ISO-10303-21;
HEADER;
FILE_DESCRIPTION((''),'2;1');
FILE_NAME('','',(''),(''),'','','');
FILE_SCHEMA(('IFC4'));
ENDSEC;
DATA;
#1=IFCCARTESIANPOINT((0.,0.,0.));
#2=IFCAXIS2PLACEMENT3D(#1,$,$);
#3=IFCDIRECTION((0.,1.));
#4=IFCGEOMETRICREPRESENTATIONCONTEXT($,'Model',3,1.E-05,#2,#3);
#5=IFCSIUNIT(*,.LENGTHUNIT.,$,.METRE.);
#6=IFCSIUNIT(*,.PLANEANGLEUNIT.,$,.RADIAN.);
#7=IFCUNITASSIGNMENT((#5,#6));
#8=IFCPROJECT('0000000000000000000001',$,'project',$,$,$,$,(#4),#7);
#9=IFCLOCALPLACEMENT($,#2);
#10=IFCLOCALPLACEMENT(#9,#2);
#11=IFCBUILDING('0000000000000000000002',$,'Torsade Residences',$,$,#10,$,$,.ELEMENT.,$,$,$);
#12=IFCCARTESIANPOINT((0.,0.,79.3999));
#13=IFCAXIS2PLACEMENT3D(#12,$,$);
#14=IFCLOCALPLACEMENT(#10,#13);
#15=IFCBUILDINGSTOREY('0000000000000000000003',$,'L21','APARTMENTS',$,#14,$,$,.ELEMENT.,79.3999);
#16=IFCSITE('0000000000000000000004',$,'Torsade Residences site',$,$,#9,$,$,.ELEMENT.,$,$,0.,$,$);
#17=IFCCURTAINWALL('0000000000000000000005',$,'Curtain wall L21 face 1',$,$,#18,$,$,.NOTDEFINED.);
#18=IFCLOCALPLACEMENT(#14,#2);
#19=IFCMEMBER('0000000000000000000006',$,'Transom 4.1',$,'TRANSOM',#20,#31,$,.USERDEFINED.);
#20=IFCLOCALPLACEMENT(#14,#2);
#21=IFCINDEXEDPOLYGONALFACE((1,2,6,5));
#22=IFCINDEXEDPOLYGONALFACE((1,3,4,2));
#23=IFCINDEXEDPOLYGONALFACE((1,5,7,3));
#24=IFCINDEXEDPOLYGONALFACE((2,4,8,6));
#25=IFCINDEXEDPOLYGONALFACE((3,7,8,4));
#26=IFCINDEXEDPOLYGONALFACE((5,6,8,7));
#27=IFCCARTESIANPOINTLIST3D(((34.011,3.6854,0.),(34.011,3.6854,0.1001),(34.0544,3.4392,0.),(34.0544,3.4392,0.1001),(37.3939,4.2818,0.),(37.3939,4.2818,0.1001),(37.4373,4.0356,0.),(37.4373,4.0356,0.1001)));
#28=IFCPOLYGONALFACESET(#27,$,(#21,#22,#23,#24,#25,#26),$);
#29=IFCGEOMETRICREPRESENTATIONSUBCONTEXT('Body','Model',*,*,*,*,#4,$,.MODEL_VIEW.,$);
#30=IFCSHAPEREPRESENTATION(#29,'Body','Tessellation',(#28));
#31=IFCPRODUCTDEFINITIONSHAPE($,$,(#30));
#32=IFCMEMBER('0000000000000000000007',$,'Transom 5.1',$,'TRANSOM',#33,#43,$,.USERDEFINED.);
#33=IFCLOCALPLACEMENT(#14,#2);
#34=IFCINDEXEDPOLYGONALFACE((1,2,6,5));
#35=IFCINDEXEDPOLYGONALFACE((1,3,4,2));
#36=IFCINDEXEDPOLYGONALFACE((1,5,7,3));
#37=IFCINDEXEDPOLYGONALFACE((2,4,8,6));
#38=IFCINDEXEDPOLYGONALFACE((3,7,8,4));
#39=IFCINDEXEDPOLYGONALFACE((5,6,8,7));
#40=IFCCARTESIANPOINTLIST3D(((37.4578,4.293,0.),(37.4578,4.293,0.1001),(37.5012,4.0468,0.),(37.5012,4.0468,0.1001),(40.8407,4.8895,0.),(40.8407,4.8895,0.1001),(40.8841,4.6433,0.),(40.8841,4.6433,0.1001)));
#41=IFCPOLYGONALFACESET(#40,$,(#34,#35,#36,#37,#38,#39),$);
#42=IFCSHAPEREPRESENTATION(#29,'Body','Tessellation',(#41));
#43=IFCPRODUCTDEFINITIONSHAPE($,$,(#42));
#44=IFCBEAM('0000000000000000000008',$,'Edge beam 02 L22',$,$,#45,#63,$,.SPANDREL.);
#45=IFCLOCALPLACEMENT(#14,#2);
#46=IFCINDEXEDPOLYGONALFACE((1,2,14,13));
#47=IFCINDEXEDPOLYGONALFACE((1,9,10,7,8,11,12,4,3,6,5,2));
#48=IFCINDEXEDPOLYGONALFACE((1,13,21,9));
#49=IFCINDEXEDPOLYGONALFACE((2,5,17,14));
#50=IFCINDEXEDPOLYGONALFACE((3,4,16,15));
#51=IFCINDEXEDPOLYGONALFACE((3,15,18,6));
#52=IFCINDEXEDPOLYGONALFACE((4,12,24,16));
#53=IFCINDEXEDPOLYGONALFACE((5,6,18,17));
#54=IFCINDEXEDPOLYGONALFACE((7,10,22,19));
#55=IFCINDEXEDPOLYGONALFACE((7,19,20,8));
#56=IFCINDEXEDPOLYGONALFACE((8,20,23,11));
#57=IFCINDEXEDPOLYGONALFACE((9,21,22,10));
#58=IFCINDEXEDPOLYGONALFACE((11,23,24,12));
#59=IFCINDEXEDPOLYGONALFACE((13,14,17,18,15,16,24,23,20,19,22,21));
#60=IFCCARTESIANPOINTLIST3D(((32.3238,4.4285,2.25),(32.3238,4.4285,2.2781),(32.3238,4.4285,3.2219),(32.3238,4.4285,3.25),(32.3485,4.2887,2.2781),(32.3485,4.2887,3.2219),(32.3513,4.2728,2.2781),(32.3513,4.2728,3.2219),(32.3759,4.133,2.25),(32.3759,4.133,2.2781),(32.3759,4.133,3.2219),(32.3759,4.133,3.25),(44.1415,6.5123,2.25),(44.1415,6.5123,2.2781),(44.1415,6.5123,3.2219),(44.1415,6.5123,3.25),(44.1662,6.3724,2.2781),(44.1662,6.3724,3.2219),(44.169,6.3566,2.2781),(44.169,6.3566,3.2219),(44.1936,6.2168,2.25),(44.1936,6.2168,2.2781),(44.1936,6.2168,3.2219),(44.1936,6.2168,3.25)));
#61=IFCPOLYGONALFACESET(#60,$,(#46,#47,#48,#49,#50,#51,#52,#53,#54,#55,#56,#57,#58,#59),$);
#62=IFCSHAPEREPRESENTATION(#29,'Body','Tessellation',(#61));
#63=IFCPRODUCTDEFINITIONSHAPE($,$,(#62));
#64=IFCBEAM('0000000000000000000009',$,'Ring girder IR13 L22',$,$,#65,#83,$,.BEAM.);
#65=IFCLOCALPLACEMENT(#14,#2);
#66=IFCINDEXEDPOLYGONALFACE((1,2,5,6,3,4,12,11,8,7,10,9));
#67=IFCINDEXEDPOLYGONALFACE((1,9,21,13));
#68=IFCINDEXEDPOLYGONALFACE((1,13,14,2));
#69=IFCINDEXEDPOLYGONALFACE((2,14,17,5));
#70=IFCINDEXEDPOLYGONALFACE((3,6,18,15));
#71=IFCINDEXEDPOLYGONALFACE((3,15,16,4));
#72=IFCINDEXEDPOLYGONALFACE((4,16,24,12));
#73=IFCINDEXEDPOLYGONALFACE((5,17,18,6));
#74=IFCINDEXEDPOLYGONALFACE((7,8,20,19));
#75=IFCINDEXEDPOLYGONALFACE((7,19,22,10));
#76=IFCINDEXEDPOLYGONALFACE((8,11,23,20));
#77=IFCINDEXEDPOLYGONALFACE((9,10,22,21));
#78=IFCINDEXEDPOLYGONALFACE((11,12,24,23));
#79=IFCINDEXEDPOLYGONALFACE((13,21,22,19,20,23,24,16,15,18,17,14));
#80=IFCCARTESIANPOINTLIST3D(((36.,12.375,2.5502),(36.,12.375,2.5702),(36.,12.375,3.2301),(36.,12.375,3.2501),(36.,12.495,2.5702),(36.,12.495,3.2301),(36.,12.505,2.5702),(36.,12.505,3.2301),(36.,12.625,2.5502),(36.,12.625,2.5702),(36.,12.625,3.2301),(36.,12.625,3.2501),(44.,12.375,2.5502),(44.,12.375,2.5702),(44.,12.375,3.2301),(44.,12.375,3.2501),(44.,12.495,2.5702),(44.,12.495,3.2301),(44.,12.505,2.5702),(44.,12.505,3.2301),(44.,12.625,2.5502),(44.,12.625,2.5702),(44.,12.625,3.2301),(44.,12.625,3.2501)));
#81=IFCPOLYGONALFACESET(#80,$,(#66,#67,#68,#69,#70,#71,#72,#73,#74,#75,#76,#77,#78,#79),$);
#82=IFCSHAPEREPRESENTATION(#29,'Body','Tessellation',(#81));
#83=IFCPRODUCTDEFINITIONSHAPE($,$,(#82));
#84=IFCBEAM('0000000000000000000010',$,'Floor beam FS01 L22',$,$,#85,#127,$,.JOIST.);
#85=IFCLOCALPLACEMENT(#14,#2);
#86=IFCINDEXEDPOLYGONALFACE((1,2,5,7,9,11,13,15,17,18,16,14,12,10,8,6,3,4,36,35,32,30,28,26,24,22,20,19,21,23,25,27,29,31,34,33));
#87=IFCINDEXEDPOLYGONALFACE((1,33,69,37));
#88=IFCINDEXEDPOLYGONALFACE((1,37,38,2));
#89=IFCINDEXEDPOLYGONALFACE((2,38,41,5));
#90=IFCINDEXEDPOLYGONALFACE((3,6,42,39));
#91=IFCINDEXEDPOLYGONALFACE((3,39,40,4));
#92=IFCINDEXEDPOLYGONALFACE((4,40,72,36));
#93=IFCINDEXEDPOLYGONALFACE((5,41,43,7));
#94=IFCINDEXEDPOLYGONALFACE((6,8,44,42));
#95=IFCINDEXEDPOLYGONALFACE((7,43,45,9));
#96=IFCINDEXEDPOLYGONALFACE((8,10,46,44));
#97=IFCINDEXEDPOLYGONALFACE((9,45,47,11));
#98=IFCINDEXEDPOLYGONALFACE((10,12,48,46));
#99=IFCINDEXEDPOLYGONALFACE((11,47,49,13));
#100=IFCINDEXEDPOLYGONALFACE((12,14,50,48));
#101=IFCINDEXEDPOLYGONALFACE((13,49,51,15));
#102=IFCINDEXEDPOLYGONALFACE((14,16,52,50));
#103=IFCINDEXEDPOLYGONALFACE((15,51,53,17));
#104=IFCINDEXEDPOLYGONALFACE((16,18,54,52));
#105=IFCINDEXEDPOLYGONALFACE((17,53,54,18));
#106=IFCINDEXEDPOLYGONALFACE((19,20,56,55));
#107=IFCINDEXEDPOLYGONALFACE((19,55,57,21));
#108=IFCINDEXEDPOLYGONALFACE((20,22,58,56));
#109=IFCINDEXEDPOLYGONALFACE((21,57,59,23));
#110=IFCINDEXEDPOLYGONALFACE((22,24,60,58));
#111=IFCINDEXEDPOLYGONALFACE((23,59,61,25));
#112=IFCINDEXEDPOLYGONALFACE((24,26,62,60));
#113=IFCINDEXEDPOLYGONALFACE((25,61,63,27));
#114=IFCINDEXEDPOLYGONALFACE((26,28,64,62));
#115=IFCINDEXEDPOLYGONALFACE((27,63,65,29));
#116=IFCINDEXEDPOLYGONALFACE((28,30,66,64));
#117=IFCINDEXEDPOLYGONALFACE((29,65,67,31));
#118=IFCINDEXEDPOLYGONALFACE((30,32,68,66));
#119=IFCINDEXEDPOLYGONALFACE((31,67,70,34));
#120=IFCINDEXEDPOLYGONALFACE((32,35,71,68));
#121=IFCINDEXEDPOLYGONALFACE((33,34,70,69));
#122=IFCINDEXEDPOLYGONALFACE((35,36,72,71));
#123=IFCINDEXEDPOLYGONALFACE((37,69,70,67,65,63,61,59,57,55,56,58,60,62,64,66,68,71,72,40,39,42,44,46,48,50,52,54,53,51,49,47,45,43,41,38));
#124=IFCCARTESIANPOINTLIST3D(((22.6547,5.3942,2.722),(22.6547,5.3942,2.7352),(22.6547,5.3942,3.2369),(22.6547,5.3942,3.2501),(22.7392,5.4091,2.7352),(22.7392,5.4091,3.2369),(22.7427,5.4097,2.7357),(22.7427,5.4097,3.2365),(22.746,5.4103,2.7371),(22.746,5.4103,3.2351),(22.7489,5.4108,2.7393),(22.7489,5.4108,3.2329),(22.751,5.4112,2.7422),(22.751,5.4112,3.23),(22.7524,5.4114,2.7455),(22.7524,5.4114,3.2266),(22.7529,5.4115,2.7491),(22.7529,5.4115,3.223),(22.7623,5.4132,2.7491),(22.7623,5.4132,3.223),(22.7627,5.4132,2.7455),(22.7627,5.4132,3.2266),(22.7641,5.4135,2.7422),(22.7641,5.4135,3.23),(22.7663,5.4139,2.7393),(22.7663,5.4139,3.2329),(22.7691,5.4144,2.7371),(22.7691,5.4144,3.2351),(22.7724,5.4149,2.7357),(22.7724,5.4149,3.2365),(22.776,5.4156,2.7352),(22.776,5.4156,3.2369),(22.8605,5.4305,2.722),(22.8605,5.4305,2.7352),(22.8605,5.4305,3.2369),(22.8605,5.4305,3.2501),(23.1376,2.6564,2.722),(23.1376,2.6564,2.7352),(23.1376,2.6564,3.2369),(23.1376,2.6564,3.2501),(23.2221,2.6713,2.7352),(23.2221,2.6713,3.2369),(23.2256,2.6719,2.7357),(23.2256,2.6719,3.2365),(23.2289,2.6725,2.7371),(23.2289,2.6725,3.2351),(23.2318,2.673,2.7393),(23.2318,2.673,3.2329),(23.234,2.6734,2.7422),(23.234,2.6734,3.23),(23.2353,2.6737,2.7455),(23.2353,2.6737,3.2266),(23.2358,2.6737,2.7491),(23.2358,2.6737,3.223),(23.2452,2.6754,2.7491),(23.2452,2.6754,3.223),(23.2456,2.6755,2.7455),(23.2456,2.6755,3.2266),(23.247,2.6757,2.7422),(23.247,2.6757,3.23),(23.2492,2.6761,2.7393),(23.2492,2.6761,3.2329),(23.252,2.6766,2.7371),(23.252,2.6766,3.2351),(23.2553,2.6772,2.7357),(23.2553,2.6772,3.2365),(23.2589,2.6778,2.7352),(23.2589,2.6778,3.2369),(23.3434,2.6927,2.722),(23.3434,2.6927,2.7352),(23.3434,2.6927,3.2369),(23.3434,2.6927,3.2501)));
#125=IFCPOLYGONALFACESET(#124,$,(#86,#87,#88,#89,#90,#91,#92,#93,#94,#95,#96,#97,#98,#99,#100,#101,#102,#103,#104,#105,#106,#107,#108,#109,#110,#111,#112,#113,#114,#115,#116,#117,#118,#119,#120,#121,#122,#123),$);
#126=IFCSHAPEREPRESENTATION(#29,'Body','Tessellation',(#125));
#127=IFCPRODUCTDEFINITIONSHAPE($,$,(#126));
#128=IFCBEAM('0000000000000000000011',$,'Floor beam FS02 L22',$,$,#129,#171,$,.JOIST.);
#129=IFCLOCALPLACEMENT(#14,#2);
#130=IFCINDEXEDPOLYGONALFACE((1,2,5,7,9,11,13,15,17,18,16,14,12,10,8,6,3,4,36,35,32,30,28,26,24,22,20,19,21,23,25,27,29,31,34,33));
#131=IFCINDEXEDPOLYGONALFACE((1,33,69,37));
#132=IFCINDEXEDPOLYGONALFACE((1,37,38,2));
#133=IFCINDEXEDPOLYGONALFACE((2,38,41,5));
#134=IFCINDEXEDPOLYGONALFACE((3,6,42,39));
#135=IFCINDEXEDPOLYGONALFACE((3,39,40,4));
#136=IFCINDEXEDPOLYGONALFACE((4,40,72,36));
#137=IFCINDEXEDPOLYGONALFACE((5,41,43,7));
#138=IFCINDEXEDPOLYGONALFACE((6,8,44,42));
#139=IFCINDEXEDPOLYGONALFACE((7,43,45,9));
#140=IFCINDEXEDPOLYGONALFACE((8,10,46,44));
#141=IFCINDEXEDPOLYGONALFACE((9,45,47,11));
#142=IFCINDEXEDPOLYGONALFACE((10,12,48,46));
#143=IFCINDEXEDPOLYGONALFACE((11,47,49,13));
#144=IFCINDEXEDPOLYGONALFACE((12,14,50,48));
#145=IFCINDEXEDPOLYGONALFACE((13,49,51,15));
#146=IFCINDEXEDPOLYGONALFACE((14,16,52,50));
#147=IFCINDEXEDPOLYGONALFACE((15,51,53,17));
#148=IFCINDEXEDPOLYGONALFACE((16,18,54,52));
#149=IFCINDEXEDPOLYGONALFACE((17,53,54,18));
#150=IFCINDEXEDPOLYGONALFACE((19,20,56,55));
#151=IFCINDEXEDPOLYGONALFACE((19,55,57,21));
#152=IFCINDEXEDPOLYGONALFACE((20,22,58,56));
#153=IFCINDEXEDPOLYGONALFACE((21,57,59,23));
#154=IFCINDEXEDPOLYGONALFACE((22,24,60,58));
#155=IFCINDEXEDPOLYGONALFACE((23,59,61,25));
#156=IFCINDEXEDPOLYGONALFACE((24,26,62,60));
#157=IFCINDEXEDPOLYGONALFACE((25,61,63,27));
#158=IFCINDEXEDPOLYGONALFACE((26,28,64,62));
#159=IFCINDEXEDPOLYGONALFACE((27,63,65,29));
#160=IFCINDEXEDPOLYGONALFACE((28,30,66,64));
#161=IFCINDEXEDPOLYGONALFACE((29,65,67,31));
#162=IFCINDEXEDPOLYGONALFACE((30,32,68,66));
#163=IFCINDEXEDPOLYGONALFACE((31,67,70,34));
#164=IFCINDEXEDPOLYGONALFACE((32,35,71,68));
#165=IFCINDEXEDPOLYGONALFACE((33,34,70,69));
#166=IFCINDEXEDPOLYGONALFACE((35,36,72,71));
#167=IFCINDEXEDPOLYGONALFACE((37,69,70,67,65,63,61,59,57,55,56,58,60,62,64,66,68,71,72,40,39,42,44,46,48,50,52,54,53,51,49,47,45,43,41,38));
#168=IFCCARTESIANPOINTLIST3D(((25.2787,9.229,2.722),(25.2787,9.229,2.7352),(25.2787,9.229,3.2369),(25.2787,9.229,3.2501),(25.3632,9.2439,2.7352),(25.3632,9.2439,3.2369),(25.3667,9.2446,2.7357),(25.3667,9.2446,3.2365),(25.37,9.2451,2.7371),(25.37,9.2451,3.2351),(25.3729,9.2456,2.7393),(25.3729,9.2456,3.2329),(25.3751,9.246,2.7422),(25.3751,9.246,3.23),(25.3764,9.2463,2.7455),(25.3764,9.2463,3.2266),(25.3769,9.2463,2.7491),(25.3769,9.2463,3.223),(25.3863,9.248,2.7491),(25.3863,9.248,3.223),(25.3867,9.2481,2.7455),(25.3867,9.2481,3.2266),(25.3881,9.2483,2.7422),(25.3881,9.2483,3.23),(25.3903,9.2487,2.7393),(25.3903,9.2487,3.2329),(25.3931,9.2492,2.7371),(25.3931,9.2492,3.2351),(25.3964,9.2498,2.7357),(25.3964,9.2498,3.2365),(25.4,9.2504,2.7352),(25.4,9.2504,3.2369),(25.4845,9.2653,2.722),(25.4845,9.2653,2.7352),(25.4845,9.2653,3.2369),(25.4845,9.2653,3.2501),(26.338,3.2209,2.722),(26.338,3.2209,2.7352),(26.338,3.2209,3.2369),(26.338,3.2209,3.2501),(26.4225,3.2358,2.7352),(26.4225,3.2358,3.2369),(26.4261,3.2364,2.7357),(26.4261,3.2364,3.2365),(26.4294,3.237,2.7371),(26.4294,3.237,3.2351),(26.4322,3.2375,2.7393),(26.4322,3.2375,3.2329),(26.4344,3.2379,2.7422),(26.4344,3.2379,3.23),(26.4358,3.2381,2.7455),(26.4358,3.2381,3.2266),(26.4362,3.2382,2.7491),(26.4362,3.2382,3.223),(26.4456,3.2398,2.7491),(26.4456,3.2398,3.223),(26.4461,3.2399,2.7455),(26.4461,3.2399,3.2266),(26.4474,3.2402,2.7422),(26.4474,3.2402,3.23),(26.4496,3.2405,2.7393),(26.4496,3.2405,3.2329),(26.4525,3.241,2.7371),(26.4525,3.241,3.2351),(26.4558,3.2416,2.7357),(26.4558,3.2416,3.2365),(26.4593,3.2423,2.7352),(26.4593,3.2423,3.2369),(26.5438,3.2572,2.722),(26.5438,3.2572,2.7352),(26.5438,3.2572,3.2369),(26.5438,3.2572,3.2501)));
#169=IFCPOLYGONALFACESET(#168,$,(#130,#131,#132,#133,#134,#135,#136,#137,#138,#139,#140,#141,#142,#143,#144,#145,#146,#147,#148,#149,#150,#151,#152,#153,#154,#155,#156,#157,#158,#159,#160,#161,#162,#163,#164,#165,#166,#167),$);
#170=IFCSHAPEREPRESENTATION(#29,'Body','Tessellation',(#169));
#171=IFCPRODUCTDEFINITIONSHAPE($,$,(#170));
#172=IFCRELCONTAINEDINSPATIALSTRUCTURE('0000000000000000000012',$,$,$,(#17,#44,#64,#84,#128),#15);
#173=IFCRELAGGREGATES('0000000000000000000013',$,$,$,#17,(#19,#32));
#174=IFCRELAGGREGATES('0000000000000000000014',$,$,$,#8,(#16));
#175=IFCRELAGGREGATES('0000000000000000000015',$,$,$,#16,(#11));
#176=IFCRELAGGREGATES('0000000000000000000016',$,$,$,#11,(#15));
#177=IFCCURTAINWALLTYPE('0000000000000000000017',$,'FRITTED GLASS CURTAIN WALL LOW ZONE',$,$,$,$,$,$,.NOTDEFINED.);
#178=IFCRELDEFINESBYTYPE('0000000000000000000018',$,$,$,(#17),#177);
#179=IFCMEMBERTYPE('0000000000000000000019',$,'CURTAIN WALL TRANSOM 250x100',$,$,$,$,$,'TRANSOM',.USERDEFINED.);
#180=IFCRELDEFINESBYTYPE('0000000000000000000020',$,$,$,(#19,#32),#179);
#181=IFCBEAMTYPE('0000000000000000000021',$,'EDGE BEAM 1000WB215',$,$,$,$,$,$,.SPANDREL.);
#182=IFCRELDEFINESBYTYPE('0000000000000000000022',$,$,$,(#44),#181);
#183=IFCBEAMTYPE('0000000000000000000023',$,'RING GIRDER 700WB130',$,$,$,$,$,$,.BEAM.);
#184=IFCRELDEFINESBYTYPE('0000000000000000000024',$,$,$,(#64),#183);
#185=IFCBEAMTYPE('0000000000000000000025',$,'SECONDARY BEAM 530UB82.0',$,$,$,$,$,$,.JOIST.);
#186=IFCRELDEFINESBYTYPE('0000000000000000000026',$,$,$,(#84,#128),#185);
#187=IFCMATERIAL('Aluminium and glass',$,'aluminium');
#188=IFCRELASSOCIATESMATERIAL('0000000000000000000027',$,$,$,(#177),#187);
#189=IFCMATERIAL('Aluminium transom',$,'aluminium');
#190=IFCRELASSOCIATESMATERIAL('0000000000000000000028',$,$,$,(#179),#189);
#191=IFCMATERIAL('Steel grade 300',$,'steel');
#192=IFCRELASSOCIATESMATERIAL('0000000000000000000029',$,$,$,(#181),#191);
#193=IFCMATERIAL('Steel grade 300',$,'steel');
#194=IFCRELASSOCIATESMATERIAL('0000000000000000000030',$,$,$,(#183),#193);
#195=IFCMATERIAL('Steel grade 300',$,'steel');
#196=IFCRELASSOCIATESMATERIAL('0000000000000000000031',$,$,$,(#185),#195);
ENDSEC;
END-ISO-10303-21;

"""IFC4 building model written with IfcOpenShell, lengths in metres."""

from ifc_helpers import new_model, si_unit, direction, frame, origin, origin_2d, place, context, subcontext, project, spatial, rectangle, i_section, extrude, material, material_profile, profile_set, type_object, element, aggregate, save


model = new_model("IFC4")

# Units and contexts
model_context = context("Model", 3, precision=1e-05, world=origin(), true_north=direction((0.0, 1.0)))
body_context = subcontext(model_context, "Body", "Model", "MODEL_VIEW")
ifc_project = project(units=[si_unit("LENGTHUNIT", "METRE"), si_unit("PLANEANGLEUNIT", "RADIAN")], contexts=[model_context])

# Site, building, storey
site_placement = place(None, origin())
site = spatial("IfcSite", under=ifc_project, at=site_placement, Name="Torsade Residences site", CompositionType="ELEMENT", RefElevation=0.0)
building_placement = place(site_placement, origin())
building = spatial("IfcBuilding", under=site, at=building_placement, Name="Torsade Residences", CompositionType="ELEMENT")
storey_placement = place(building_placement, frame((0.0, 0.0, 79.3999)))
storey = spatial("IfcBuildingStorey", under=building, at=storey_placement, Name="L21", Description="APARTMENTS", CompositionType="ELEMENT", Elevation=79.3999)

# Curtain wall, members
ifc_material_1 = material(Name="Aluminium and glass", Category="aluminium")
curtain_wall_type = type_object("IfcCurtainWallType", Name="FRITTED GLASS CURTAIN WALL LOW ZONE", PredefinedType="NOTDEFINED", material=ifc_material_1)
curtain_wall_placement = place(storey_placement, origin())
curtain_wall = element("IfcCurtainWall", 1, at=curtain_wall_placement, inside=storey, type_object=curtain_wall_type, Name="Curtain wall L21 face 1", PredefinedType="NOTDEFINED")
ifc_material_2 = material(Name="Aluminium transom", Category="aluminium")
ifc_material_profile_1 = material_profile(ifc_material_2, rectangle(XDim=0.25, YDim=0.1001, at=origin_2d()), Name="CURTAIN WALL TRANSOM 250x100")
ifc_profile_set_1 = profile_set([ifc_material_profile_1], Name="Aluminium transom")
member_type_1 = type_object("IfcMemberType", Name="CURTAIN WALL TRANSOM 250x100", ElementType="TRANSOM", PredefinedType="USERDEFINED", material=ifc_profile_set_1)
member_1_placement = place(storey_placement, frame((34.0327, 3.5623, 0.05), z_axis=(0.98481, 0.173635, 0.0), x_axis=(-0.173635, 0.98481, 0.0)))
member_1 = element("IfcMember", 2, at=member_1_placement, type_object=member_type_1, Name="Transom 4.1", ObjectType="TRANSOM", PredefinedType="USERDEFINED", context=body_context, shape_type="SweptSolid", body=[
    extrude(rectangle(XDim=0.25, YDim=0.1001, at=origin_2d()), origin(), (0.0, 0.0, 1.0), 3.4351),
])
member_2_placement = place(storey_placement, frame((37.4795, 4.1699, 0.05), z_axis=(0.98481, 0.173635, 0.0), x_axis=(-0.173635, 0.98481, 0.0)))
member_2 = element("IfcMember", 3, at=member_2_placement, type_object=member_type_1, Name="Transom 5.1", ObjectType="TRANSOM", PredefinedType="USERDEFINED", context=body_context, shape_type="SweptSolid", body=[
    extrude(rectangle(XDim=0.25, YDim=0.1001, at=origin_2d()), origin(), (0.0, 0.0, 1.0), 3.4351),
])

# Beams
ifc_material_3 = material(Name="Steel grade 300", Category="steel")
ifc_material_profile_2 = material_profile(ifc_material_3, i_section(OverallWidth=0.3, OverallDepth=1.0, WebThickness=0.0161, FlangeThickness=0.0281, at=origin_2d()), Name="1000WB215")
ifc_profile_set_2 = profile_set([ifc_material_profile_2], Name="Steel grade 300")
beam_type_1 = type_object("IfcBeamType", Name="EDGE BEAM 1000WB215", PredefinedType="SPANDREL", material=ifc_profile_set_2)
beam_1_placement = place(storey_placement, frame((32.3499, 4.2808, 2.75), z_axis=(0.984808, 0.173646, 0.0), x_axis=(-0.173646, 0.984808, 0.0)))
element("IfcBeam", 4, at=beam_1_placement, inside=storey, type_object=beam_type_1, Name="Edge beam 02 L22", PredefinedType="SPANDREL", context=body_context, shape_type="SweptSolid", body=[
    extrude(i_section(OverallWidth=0.3, OverallDepth=1.0, WebThickness=0.0161, FlangeThickness=0.0281, at=origin_2d()), origin(), (0.0, 0.0, 1.0), 12.0),
])
ifc_material_4 = material(Name="Steel grade 300", Category="steel")
ifc_material_profile_3 = material_profile(ifc_material_4, i_section(OverallWidth=0.25, OverallDepth=0.7, WebThickness=0.01, FlangeThickness=0.02, at=origin_2d()), Name="700WB130")
ifc_profile_set_3 = profile_set([ifc_material_profile_3], Name="Steel grade 300")
beam_type_2 = type_object("IfcBeamType", Name="RING GIRDER 700WB130", PredefinedType="BEAM", material=ifc_profile_set_3)
beam_2_placement = place(storey_placement, frame((36.0, 12.5, 2.9001), z_axis=(1.0, 0.0, 0.0), x_axis=(0.0, 1.0, 0.0)))
element("IfcBeam", 5, at=beam_2_placement, inside=storey, type_object=beam_type_2, Name="Ring girder IR13 L22", PredefinedType="BEAM", context=body_context, shape_type="SweptSolid", body=[
    extrude(i_section(OverallWidth=0.25, OverallDepth=0.7, WebThickness=0.01, FlangeThickness=0.02, at=origin_2d()), origin(), (0.0, 0.0, 1.0), 8.0),
])
ifc_material_5 = material(Name="Steel grade 300", Category="steel")
ifc_material_profile_4 = material_profile(ifc_material_5, i_section(OverallWidth=0.209, OverallDepth=0.5281, WebThickness=0.0095, FlangeThickness=0.0132, FilletRadius=0.0139, at=origin_2d()), Name="530UB82.0")
ifc_profile_set_4 = profile_set([ifc_material_profile_4], Name="Steel grade 300")
beam_type_3 = type_object("IfcBeamType", Name="SECONDARY BEAM 530UB82.0", PredefinedType="JOIST", material=ifc_profile_set_4)
beam_3_placement = place(storey_placement, frame((23.2405, 2.6746, 2.9861), z_axis=(-0.173705, 0.984798, 0.0), x_axis=(-0.984798, -0.173705, 0.0)))
element("IfcBeam", 6, at=beam_3_placement, inside=storey, type_object=beam_type_3, Name="Floor beam FS01 L22", PredefinedType="JOIST", context=body_context, shape_type="SweptSolid", body=[
    extrude(i_section(OverallWidth=0.209, OverallDepth=0.5281, WebThickness=0.0095, FlangeThickness=0.0132, FilletRadius=0.0139, at=origin_2d()), origin(), (0.0, 0.0, 1.0), 2.78),
])
beam_4_placement = place(storey_placement, frame((26.4409, 3.239, 2.9861), z_axis=(-0.173639, 0.984809, 0.0), x_axis=(-0.984809, -0.173639, 0.0)))
element("IfcBeam", 7, at=beam_4_placement, inside=storey, type_object=beam_type_3, Name="Floor beam FS02 L22", PredefinedType="JOIST", context=body_context, shape_type="SweptSolid", body=[
    extrude(i_section(OverallWidth=0.209, OverallDepth=0.5281, WebThickness=0.0095, FlangeThickness=0.0132, FilletRadius=0.0139, at=origin_2d()), origin(), (0.0, 0.0, 1.0), 6.1008),
])

aggregate(curtain_wall, [member_1, member_2])

save(model, "model.ifc")
